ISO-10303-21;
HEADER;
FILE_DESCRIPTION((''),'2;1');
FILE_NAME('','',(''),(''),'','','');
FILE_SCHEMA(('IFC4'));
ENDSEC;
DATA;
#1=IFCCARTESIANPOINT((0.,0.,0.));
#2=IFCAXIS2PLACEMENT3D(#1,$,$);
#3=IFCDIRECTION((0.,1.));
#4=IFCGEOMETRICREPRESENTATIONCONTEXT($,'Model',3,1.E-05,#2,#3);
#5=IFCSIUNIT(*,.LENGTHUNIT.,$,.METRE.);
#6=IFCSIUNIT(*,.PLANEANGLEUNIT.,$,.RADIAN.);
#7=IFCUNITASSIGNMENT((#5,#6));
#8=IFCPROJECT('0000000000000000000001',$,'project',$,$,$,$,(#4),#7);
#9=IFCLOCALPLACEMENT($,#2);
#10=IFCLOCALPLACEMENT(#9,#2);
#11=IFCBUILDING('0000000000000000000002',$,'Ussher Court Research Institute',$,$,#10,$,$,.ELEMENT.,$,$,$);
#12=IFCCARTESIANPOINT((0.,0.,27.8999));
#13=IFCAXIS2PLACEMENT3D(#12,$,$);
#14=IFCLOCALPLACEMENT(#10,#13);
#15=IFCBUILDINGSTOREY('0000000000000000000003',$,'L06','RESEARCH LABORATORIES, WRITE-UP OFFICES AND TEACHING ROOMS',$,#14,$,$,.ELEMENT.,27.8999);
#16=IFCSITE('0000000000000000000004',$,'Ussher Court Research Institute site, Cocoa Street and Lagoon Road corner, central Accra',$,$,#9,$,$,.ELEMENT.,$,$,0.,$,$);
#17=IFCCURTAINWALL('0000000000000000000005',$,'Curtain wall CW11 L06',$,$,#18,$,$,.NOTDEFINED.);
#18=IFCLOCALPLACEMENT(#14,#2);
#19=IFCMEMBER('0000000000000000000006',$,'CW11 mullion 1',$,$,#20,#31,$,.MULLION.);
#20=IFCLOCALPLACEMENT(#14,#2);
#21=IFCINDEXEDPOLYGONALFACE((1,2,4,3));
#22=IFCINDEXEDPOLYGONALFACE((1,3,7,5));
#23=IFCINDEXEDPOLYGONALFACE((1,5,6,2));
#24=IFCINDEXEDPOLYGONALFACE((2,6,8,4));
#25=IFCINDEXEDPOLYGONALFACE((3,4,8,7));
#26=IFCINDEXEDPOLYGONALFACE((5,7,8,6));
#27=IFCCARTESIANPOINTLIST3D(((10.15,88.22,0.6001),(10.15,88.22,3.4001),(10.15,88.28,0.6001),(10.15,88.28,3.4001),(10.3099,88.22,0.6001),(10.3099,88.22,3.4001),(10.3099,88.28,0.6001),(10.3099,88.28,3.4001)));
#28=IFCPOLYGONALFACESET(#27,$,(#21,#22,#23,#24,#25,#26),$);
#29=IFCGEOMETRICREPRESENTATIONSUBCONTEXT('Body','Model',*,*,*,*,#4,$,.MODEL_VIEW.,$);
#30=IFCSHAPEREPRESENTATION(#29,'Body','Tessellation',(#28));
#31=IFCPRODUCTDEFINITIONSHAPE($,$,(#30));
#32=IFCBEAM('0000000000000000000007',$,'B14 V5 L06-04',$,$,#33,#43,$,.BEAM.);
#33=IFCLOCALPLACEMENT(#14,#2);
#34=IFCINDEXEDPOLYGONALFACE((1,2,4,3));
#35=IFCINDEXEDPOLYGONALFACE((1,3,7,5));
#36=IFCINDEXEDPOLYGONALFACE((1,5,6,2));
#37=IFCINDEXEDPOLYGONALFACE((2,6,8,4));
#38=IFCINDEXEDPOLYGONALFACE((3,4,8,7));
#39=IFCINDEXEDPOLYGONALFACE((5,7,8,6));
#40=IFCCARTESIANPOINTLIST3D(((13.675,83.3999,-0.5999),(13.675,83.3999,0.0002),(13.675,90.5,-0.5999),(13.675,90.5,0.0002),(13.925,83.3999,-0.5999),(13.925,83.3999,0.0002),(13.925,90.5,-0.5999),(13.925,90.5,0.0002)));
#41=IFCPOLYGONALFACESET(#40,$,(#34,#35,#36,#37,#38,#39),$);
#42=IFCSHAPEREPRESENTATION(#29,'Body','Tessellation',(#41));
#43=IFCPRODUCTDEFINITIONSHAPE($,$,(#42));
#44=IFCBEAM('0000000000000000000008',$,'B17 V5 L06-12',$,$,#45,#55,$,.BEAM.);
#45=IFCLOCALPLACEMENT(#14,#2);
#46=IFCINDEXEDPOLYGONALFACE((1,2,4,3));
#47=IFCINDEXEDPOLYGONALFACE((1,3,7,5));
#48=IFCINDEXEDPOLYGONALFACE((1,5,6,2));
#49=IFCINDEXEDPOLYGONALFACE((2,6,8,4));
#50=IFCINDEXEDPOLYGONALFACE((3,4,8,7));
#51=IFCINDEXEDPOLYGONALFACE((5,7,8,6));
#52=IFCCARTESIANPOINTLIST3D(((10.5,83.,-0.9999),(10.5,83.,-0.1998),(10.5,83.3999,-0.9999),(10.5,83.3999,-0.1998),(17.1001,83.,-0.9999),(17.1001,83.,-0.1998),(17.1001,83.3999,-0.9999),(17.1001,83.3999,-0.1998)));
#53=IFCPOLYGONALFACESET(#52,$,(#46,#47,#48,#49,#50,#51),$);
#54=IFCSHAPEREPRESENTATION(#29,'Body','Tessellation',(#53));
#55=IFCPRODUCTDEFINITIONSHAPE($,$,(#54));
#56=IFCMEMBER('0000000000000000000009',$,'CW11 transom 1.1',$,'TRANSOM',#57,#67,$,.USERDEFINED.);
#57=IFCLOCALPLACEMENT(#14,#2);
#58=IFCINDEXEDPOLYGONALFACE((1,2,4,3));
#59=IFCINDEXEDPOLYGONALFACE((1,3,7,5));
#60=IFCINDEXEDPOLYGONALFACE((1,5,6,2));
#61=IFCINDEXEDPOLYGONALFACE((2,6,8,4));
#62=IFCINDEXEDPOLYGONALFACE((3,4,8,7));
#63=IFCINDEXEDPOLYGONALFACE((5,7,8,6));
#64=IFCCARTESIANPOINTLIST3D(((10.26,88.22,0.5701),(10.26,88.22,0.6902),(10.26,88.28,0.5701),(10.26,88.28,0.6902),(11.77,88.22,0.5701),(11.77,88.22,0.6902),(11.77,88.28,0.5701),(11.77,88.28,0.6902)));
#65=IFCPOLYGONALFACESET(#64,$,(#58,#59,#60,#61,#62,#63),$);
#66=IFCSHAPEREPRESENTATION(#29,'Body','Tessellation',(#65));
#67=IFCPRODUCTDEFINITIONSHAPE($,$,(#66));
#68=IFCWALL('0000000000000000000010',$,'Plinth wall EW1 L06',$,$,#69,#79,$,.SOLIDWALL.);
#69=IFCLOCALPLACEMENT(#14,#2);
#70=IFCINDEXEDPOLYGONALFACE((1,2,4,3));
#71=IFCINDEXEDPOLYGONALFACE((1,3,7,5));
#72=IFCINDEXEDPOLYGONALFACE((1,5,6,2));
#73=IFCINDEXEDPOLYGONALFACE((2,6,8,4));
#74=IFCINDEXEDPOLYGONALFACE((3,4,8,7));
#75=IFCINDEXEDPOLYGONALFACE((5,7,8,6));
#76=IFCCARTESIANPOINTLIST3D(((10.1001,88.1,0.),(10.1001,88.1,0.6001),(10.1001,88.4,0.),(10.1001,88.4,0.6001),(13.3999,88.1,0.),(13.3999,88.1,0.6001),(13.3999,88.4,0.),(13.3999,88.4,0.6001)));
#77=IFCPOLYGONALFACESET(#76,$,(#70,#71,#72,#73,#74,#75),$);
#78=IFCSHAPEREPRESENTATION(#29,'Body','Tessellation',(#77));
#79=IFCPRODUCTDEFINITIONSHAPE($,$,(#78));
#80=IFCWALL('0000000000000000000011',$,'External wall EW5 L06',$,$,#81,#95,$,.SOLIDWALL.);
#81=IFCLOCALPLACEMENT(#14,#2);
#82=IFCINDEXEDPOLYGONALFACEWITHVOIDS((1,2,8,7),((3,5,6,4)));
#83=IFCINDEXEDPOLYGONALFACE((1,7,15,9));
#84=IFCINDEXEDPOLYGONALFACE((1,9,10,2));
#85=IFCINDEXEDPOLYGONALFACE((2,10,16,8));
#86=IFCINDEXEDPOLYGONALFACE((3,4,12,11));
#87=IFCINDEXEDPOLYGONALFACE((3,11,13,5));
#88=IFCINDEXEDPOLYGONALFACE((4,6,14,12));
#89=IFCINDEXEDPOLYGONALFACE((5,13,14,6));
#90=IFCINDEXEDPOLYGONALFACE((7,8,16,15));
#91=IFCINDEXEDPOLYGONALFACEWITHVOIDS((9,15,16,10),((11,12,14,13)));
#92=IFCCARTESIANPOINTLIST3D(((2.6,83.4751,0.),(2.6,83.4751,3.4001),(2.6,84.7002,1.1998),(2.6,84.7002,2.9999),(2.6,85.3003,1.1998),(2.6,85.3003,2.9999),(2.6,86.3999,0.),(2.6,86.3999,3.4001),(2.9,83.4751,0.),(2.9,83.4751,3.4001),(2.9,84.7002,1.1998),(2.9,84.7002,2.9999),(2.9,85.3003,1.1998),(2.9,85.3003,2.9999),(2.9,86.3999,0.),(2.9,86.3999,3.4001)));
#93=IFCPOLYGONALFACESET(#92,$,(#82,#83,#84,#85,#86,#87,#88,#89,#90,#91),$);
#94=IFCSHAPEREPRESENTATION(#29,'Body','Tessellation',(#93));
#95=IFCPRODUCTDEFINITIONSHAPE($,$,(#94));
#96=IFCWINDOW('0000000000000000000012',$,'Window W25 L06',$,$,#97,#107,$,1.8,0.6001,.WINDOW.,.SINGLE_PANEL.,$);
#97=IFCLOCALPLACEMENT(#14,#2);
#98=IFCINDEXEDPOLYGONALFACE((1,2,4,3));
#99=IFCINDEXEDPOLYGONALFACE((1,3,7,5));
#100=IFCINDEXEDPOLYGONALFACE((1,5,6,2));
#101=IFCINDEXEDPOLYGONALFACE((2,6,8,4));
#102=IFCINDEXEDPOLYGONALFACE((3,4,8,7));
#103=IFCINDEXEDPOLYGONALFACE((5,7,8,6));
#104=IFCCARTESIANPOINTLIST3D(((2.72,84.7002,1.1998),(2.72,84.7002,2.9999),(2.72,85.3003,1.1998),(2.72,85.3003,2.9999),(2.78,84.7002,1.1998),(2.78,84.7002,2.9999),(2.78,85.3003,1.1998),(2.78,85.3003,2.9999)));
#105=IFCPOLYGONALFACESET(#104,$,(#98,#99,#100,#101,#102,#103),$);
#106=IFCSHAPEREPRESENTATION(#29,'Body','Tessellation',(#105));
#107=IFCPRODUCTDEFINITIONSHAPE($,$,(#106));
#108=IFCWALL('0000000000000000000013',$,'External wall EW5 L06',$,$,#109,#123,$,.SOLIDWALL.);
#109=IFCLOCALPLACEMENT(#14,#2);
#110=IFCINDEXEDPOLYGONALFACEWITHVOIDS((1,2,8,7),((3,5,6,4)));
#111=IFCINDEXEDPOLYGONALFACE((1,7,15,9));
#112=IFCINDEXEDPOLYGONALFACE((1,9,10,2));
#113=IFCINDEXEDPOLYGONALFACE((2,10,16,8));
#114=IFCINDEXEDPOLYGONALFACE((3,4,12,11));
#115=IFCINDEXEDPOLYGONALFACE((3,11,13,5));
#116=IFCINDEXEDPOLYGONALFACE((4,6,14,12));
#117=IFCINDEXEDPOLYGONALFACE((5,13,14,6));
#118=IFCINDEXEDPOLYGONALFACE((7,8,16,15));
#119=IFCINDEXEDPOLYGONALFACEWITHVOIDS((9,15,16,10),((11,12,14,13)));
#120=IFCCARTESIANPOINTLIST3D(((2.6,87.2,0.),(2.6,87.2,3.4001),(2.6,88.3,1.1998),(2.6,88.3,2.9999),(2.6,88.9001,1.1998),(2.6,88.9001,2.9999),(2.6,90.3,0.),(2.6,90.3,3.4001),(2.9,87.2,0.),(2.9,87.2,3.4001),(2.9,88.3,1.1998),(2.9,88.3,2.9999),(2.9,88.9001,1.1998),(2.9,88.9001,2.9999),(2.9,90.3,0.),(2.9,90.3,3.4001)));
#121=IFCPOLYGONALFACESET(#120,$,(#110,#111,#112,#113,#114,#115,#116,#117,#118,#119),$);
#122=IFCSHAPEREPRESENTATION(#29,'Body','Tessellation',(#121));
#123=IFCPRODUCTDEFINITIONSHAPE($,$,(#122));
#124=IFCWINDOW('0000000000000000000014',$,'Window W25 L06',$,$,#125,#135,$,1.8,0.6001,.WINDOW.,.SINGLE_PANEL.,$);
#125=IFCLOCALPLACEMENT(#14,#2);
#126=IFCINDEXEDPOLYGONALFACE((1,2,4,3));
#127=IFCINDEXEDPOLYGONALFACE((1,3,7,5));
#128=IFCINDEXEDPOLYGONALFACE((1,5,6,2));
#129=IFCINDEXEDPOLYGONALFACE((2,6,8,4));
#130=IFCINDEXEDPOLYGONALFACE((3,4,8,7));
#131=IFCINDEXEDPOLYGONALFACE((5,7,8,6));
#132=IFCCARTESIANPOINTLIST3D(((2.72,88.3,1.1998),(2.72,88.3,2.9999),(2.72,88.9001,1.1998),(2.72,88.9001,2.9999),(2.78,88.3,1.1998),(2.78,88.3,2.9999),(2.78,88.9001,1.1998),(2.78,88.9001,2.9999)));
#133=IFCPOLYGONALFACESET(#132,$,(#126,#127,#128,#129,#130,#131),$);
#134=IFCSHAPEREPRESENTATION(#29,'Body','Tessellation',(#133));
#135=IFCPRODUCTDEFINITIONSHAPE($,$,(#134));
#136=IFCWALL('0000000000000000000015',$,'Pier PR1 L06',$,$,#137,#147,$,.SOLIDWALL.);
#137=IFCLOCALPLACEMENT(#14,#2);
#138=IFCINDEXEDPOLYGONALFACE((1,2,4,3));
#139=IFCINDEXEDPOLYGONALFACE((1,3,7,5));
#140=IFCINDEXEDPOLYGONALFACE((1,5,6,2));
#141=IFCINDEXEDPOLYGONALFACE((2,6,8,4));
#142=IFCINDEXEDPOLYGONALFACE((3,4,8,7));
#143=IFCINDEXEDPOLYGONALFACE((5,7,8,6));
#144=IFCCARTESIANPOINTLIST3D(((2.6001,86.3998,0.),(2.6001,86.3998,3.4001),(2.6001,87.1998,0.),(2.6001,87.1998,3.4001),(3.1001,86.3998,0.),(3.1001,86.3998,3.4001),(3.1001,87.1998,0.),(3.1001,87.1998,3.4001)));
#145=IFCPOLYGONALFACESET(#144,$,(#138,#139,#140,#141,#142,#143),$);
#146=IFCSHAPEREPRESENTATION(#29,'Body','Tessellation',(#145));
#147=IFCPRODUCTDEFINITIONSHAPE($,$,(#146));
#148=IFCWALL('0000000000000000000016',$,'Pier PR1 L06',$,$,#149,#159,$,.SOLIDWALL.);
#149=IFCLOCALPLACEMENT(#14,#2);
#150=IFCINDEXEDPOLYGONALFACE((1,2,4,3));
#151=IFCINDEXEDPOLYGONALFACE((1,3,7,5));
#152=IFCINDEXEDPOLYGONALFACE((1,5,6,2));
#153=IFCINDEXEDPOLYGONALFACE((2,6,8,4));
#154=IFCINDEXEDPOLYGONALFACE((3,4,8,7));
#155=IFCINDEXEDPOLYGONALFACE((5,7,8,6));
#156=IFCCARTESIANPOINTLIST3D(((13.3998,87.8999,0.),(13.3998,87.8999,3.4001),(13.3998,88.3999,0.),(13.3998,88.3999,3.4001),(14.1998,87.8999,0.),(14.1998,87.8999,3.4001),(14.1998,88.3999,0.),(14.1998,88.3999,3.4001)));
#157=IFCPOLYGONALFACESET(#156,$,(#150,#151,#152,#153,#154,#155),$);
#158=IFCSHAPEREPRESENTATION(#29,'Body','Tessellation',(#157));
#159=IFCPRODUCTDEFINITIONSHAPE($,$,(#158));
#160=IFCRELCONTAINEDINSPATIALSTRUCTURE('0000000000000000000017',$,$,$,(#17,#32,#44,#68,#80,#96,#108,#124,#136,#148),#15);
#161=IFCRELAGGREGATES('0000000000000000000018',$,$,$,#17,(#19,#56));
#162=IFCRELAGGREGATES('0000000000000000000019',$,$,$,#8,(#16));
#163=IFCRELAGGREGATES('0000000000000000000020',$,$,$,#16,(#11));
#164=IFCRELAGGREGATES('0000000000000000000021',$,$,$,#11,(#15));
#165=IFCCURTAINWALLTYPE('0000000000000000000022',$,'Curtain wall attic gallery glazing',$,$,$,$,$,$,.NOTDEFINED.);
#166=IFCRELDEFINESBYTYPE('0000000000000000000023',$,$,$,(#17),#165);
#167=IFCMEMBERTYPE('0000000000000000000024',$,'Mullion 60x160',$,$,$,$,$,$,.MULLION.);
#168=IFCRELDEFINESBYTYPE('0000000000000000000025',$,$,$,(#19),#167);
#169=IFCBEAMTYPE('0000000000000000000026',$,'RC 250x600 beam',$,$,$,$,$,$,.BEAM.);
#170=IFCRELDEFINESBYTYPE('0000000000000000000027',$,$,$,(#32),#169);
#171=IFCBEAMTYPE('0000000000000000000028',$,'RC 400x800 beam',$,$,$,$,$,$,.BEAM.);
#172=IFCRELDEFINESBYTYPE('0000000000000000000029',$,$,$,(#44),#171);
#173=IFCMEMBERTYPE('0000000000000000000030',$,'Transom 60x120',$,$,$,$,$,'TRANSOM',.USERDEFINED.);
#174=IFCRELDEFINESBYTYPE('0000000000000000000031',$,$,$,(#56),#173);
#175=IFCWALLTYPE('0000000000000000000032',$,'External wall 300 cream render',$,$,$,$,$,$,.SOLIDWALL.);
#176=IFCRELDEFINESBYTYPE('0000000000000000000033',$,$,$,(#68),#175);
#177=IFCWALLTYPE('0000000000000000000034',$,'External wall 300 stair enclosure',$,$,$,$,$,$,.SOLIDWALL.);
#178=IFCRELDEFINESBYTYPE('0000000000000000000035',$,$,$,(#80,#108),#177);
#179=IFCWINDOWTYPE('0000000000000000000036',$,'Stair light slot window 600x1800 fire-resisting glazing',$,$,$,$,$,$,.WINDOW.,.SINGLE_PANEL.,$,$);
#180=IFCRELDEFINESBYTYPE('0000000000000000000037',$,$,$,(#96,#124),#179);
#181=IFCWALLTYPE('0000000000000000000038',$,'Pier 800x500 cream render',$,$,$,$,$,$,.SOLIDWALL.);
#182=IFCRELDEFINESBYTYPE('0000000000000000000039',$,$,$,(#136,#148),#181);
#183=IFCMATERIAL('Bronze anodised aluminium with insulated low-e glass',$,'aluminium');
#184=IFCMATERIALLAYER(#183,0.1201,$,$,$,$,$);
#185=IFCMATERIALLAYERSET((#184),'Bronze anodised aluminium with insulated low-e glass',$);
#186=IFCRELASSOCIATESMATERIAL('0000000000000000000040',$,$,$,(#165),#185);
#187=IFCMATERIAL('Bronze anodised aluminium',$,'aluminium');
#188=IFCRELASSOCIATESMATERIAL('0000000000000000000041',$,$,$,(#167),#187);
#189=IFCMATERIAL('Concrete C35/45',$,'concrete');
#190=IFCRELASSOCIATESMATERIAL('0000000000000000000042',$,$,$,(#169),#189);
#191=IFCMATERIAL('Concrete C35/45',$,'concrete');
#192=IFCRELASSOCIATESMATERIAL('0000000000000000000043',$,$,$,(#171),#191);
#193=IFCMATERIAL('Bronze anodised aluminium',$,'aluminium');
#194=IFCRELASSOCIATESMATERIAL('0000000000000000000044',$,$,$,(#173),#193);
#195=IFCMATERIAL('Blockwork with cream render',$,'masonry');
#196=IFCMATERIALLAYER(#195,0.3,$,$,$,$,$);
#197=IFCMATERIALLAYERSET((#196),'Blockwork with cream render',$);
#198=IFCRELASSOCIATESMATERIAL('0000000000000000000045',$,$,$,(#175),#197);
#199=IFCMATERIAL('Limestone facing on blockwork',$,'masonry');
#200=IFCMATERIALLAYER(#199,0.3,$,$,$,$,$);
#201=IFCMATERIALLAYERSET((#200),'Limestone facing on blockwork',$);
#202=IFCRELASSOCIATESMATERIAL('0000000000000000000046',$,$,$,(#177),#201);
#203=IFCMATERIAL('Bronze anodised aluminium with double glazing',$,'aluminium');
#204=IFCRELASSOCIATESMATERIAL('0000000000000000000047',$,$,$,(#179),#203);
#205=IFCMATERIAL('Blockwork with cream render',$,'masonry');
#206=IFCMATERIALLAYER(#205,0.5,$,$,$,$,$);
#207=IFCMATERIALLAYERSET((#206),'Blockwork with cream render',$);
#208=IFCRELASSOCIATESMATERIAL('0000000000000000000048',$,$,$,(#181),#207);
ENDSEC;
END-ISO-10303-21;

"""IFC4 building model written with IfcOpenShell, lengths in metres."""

from ifc_helpers import new_model, si_unit, direction, frame, frame_2d, origin, origin_2d, place, context, subcontext, project, spatial, rectangle, extrude, material, layer, layer_set, material_profile, profile_set, type_object, element, fill, aggregate, save


model = new_model("IFC4")

# Units and contexts
model_context = context("Model", 3, precision=1e-05, world=origin(), true_north=direction((0.0, 1.0)))
body_context = subcontext(model_context, "Body", "Model", "MODEL_VIEW")
ifc_project = project(units=[si_unit("LENGTHUNIT", "METRE"), si_unit("PLANEANGLEUNIT", "RADIAN")], contexts=[model_context])

# Site, building, storey
site_placement = place(None, origin())
site = spatial("IfcSite", under=ifc_project, at=site_placement, Name="Ussher Court Research Institute site, Cocoa Street and Lagoon Road corner, central Accra", CompositionType="ELEMENT", RefElevation=0.0)
building_placement = place(site_placement, origin())
building = spatial("IfcBuilding", under=site, at=building_placement, Name="Ussher Court Research Institute", CompositionType="ELEMENT")
storey_placement = place(building_placement, frame((0.0, 0.0, 27.8999)))
storey = spatial("IfcBuildingStorey", under=building, at=storey_placement, Name="L06", Description="RESEARCH LABORATORIES, WRITE-UP OFFICES AND TEACHING ROOMS", CompositionType="ELEMENT", Elevation=27.8999)

# Curtain wall, member
ifc_material_1 = material(Name="Bronze anodised aluminium with insulated low-e glass", Category="aluminium")
ifc_layer_1 = layer(ifc_material_1, 0.1201)
ifc_layer_set_1 = layer_set([ifc_layer_1], Name="Bronze anodised aluminium with insulated low-e glass")
curtain_wall_type = type_object("IfcCurtainWallType", Name="Curtain wall attic gallery glazing", PredefinedType="NOTDEFINED", material=ifc_layer_set_1)
curtain_wall_placement = place(storey_placement, origin())
curtain_wall = element("IfcCurtainWall", 1, at=curtain_wall_placement, inside=storey, type_object=curtain_wall_type, Name="Curtain wall CW11 L06", PredefinedType="NOTDEFINED")
ifc_material_2 = material(Name="Bronze anodised aluminium", Category="aluminium")
ifc_material_profile_1 = material_profile(ifc_material_2, rectangle(XDim=0.0601, YDim=0.1599, at=origin_2d()), Name="Mullion 60x160")
ifc_profile_set_1 = profile_set([ifc_material_profile_1], Name="Bronze anodised aluminium")
member_type_1 = type_object("IfcMemberType", Name="Mullion 60x160", PredefinedType="MULLION", material=ifc_profile_set_1)
member_1_placement = place(storey_placement, frame((10.23, 88.25, 0.6001), z_axis=(0.0, 0.0, 1.0), x_axis=(0.0, 1.0, 0.0)))
member_1 = element("IfcMember", 2, at=member_1_placement, type_object=member_type_1, Name="CW11 mullion 1", PredefinedType="MULLION", context=body_context, shape_type="SweptSolid", body=[
    extrude(rectangle(XDim=0.0601, YDim=0.1599, at=origin_2d()), origin(), (0.0, 0.0, 1.0), 2.8),
])

# Beams
ifc_material_3 = material(Name="Concrete C35/45", Category="concrete")
ifc_material_profile_2 = material_profile(ifc_material_3, rectangle(XDim=0.25, YDim=0.6001, at=origin_2d()), Name="RC 250x600")
ifc_profile_set_2 = profile_set([ifc_material_profile_2], Name="Concrete C35/45")
beam_type_1 = type_object("IfcBeamType", Name="RC 250x600 beam", PredefinedType="BEAM", material=ifc_profile_set_2)
beam_1_placement = place(storey_placement, frame((13.8, 83.3999, -0.2998), z_axis=(0.0, 1.0, 0.0), x_axis=(-1.0, 0.0, 0.0)))
element("IfcBeam", 3, at=beam_1_placement, inside=storey, type_object=beam_type_1, Name="B14 V5 L06-04", PredefinedType="BEAM", context=body_context, shape_type="SweptSolid", body=[
    extrude(rectangle(XDim=0.25, YDim=0.6001, at=origin_2d()), origin(), (0.0, 0.0, 1.0), 7.1001),
])
ifc_material_4 = material(Name="Concrete C35/45", Category="concrete")
ifc_material_profile_3 = material_profile(ifc_material_4, rectangle(XDim=0.3999, YDim=0.8, at=origin_2d()), Name="RC 400x800")
ifc_profile_set_3 = profile_set([ifc_material_profile_3], Name="Concrete C35/45")
beam_type_2 = type_object("IfcBeamType", Name="RC 400x800 beam", PredefinedType="BEAM", material=ifc_profile_set_3)
beam_2_placement = place(storey_placement, frame((10.5, 83.2, -0.5999), z_axis=(1.0, 0.0, 0.0), x_axis=(0.0, 1.0, 0.0)))
element("IfcBeam", 4, at=beam_2_placement, inside=storey, type_object=beam_type_2, Name="B17 V5 L06-12", PredefinedType="BEAM", context=body_context, shape_type="SweptSolid", body=[
    extrude(rectangle(XDim=0.3999, YDim=0.8, at=origin_2d()), origin(), (0.0, 0.0, 1.0), 6.6001),
])

# Member
ifc_material_5 = material(Name="Bronze anodised aluminium", Category="aluminium")
ifc_material_profile_4 = material_profile(ifc_material_5, rectangle(XDim=0.0601, YDim=0.1201, at=origin_2d()), Name="Transom 60x120")
ifc_profile_set_4 = profile_set([ifc_material_profile_4], Name="Bronze anodised aluminium")
member_type_2 = type_object("IfcMemberType", Name="Transom 60x120", ElementType="TRANSOM", PredefinedType="USERDEFINED", material=ifc_profile_set_4)
member_2_placement = place(storey_placement, frame((10.26, 88.25, 0.6301), z_axis=(1.0, 0.0, 0.0), x_axis=(0.0, 1.0, 0.0)))
member_2 = element("IfcMember", 5, at=member_2_placement, type_object=member_type_2, Name="CW11 transom 1.1", ObjectType="TRANSOM", PredefinedType="USERDEFINED", context=body_context, shape_type="SweptSolid", body=[
    extrude(rectangle(XDim=0.0601, YDim=0.1201, at=origin_2d()), origin(), (0.0, 0.0, 1.0), 1.51),
])
aggregate(curtain_wall, [member_1, member_2])

# Wall
ifc_material_6 = material(Name="Blockwork with cream render", Category="masonry")
ifc_layer_2 = layer(ifc_material_6, 0.3)
ifc_layer_set_2 = layer_set([ifc_layer_2], Name="Blockwork with cream render")
wall_type_1 = type_object("IfcWallType", Name="External wall 300 cream render", PredefinedType="SOLIDWALL", material=ifc_layer_set_2)
wall_1_placement = place(storey_placement, frame((10.1001, 88.25, 0.0), z_axis=(0.0, 0.0, 1.0), x_axis=(1.0, 0.0, 0.0)))
element("IfcWall", 6, at=wall_1_placement, inside=storey, type_object=wall_type_1, Name="Plinth wall EW1 L06", PredefinedType="SOLIDWALL", context=body_context, shape_type="SweptSolid", body=[
    extrude(rectangle(XDim=3.2998, YDim=0.3, at=frame_2d((1.6499, 0.0))), origin(), (0.0, 0.0, 1.0), 0.6001),
])

# Walls, openings, windows
ifc_material_7 = material(Name="Limestone facing on blockwork", Category="masonry")
ifc_layer_3 = layer(ifc_material_7, 0.3)
ifc_layer_set_3 = layer_set([ifc_layer_3], Name="Limestone facing on blockwork")
wall_type_2 = type_object("IfcWallType", Name="External wall 300 stair enclosure", PredefinedType="SOLIDWALL", material=ifc_layer_set_3)
wall_2_placement = place(storey_placement, frame((2.75, 83.4751, 0.0), z_axis=(0.0, 0.0, 1.0), x_axis=(0.0, 1.0, 0.0)))
wall_2 = element("IfcWall", 7, at=wall_2_placement, inside=storey, type_object=wall_type_2, Name="External wall EW5 L06", PredefinedType="SOLIDWALL", context=body_context, shape_type="SweptSolid", body=[
    extrude(rectangle(XDim=2.9248, YDim=0.3, at=frame_2d((1.4624, 0.0))), origin(), (0.0, 0.0, 1.0), 3.4001),
])
opening_1_placement = place(wall_2_placement, frame((1.2251, 0.0, 1.2)))
opening_1 = element("IfcOpeningElement", 8, at=opening_1_placement, cuts=wall_2, PredefinedType="OPENING", context=body_context, shape_type="SweptSolid", body=[
    extrude(rectangle(XDim=0.6001, YDim=1.8, at=frame_2d((0.3, 0.8999))), frame((0.0, 0.1602, 0.0), z_axis=(0.0, -1.0, 0.0), x_axis=(1.0, 0.0, 0.0)), (0.0, 0.0, 1.0), 0.3201),
])
ifc_material_8 = material(Name="Bronze anodised aluminium with double glazing", Category="aluminium")
window_type = type_object("IfcWindowType", Name="Stair light slot window 600x1800 fire-resisting glazing", PartitioningType="SINGLE_PANEL", PredefinedType="WINDOW", material=ifc_material_8)
window_1_placement = place(opening_1_placement, origin())
window_1 = element("IfcWindow", 9, at=window_1_placement, inside=storey, type_object=window_type, Name="Window W25 L06", OverallHeight=1.8, OverallWidth=0.6001, PartitioningType="SINGLE_PANEL", PredefinedType="WINDOW", context=body_context, shape_type="SweptSolid", body=[
    extrude(rectangle(XDim=0.6001, YDim=1.8, at=frame_2d((0.3, 0.8999))), frame((0.0, 0.03, 0.0), z_axis=(0.0, -1.0, 0.0), x_axis=(1.0, 0.0, 0.0)), (0.0, 0.0, 1.0), 0.0601),
])
fill(opening_1, window_1)
wall_3_placement = place(storey_placement, frame((2.75, 87.2, 0.0), z_axis=(0.0, 0.0, 1.0), x_axis=(0.0, 1.0, 0.0)))
wall_3 = element("IfcWall", 10, at=wall_3_placement, inside=storey, type_object=wall_type_2, Name="External wall EW5 L06", PredefinedType="SOLIDWALL", context=body_context, shape_type="SweptSolid", body=[
    extrude(rectangle(XDim=3.1001, YDim=0.3, at=frame_2d((1.55, 0.0))), origin(), (0.0, 0.0, 1.0), 3.4001),
])
opening_2_placement = place(wall_3_placement, frame((1.1001, 0.0, 1.2)))
opening_2 = element("IfcOpeningElement", 11, at=opening_2_placement, cuts=wall_3, PredefinedType="OPENING", context=body_context, shape_type="SweptSolid", body=[
    extrude(rectangle(XDim=0.6001, YDim=1.8, at=frame_2d((0.3, 0.8999))), frame((0.0, 0.1602, 0.0), z_axis=(0.0, -1.0, 0.0), x_axis=(1.0, 0.0, 0.0)), (0.0, 0.0, 1.0), 0.3201),
])
window_2_placement = place(opening_2_placement, origin())
window_2 = element("IfcWindow", 12, at=window_2_placement, inside=storey, type_object=window_type, Name="Window W25 L06", OverallHeight=1.8, OverallWidth=0.6001, PartitioningType="SINGLE_PANEL", PredefinedType="WINDOW", context=body_context, shape_type="SweptSolid", body=[
    extrude(rectangle(XDim=0.6001, YDim=1.8, at=frame_2d((0.3, 0.8999))), frame((0.0, 0.03, 0.0), z_axis=(0.0, -1.0, 0.0), x_axis=(1.0, 0.0, 0.0)), (0.0, 0.0, 1.0), 0.0601),
])
fill(opening_2, window_2)

# Walls
ifc_material_9 = material(Name="Blockwork with cream render", Category="masonry")
ifc_layer_4 = layer(ifc_material_9, 0.5)
ifc_layer_set_4 = layer_set([ifc_layer_4], Name="Blockwork with cream render")
wall_type_3 = type_object("IfcWallType", Name="Pier 800x500 cream render", PredefinedType="SOLIDWALL", material=ifc_layer_set_4)
for number, where, z_axis, x_axis, name in (
    (13, (2.8501, 86.3999, 0.0), (0.0, 0.0, 1.0), (0.0, 1.0, 0.0), "Pier PR1 L06"),
    (14, (13.3999, 88.1499, 0.0), (0.0, 0.0, 1.0), (1.0, 0.0, 0.0), "Pier PR1 L06"),
):
    element("IfcWall", number, at=place(storey_placement, frame(where, z_axis=z_axis, x_axis=x_axis)), inside=storey, type_object=wall_type_3, Name=name, PredefinedType="SOLIDWALL", context=body_context, shape_type="SweptSolid", body=[
        extrude(rectangle(XDim=0.8, YDim=0.5, at=frame_2d((0.3999, 0.0))), origin(), (0.0, 0.0, 1.0), 3.4001),
    ])

save(model, "model.ifc")
